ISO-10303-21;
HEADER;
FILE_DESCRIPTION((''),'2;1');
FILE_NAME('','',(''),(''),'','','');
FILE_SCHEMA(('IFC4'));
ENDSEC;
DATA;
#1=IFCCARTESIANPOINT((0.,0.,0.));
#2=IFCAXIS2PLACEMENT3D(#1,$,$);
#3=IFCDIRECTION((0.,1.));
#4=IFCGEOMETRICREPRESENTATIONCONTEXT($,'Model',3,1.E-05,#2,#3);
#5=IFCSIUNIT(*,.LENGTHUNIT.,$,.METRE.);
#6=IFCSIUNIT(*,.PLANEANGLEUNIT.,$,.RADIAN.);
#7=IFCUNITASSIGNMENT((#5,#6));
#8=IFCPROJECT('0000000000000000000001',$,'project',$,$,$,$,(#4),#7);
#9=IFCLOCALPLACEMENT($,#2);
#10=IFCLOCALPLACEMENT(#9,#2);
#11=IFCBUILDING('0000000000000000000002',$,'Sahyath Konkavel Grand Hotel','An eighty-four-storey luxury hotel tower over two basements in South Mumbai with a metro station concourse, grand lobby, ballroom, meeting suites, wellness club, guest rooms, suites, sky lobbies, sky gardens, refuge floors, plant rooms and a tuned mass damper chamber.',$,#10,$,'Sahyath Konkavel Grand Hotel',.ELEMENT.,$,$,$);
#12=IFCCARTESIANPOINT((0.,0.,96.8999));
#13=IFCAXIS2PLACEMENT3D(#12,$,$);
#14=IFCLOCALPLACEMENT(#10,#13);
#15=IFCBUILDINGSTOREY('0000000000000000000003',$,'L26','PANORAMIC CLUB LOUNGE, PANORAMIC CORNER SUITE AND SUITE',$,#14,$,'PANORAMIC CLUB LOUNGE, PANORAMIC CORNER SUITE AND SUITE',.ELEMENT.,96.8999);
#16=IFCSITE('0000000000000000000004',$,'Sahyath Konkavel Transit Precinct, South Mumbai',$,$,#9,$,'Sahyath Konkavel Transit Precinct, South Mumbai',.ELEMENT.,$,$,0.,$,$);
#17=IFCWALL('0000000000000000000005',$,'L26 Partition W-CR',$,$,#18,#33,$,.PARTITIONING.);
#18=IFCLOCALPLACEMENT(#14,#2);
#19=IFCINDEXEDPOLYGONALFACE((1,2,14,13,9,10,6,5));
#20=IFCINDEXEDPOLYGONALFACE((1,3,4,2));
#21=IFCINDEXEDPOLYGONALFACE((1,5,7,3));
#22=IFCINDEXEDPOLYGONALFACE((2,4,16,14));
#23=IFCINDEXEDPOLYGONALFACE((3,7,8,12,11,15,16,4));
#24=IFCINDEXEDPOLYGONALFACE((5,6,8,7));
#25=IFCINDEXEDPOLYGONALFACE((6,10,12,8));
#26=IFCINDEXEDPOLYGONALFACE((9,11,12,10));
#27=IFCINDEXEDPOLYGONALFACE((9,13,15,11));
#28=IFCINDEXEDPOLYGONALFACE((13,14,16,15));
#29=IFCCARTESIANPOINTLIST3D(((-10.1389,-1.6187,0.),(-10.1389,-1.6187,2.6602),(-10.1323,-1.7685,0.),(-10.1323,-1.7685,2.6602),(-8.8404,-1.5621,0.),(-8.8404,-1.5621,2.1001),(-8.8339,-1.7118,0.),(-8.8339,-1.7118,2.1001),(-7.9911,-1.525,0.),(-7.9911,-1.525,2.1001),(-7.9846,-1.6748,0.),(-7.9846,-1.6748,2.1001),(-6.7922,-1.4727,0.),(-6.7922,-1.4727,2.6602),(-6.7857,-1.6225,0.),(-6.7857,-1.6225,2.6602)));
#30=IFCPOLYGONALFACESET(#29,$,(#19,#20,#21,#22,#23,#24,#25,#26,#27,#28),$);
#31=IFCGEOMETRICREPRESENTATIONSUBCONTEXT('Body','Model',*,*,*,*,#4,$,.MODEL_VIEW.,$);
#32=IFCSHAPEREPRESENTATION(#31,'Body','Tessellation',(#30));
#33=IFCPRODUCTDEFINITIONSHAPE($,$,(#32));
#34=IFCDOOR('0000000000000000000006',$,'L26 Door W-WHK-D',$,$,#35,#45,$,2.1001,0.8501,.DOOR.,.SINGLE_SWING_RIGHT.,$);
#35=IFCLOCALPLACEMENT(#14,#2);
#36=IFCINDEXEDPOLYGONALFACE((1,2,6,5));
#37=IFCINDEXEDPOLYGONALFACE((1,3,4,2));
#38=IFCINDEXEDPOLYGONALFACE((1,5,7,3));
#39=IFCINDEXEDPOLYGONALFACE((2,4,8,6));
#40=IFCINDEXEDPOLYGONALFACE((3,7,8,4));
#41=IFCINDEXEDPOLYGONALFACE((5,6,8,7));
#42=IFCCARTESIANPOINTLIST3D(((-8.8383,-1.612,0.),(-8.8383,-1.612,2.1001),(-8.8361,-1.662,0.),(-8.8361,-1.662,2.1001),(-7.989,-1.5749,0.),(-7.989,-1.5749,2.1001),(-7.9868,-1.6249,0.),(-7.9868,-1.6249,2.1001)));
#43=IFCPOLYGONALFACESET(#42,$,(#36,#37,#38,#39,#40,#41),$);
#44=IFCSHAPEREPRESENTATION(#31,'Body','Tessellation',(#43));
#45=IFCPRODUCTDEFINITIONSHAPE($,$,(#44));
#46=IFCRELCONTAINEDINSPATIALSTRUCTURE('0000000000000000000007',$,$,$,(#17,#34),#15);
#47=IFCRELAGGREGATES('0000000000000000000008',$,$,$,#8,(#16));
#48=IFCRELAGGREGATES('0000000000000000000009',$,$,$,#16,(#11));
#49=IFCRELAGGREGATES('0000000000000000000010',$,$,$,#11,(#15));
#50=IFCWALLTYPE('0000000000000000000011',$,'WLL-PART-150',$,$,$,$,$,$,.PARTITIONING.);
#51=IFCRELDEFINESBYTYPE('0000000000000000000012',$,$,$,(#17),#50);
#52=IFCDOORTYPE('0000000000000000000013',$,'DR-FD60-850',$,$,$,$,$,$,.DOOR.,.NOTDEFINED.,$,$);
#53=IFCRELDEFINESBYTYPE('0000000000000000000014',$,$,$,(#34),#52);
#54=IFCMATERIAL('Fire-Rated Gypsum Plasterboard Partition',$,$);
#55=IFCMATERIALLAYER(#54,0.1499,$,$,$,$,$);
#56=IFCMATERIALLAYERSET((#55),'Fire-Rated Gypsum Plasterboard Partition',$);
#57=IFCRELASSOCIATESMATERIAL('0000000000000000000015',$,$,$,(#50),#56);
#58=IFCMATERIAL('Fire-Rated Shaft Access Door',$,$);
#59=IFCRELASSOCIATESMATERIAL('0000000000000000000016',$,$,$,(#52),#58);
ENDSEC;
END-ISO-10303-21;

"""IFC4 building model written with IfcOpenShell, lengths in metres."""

from ifc_helpers import new_model, si_unit, direction, frame, frame_2d, origin, origin_2d, place, context, subcontext, project, spatial, rectangle, extrude, source, transform, mapped, material, layer, layer_set, type_object, element, fill, save


model = new_model("IFC4")

# Units and contexts
model_context = context("Model", 3, precision=1e-05, world=origin(), true_north=direction((0.0, 1.0)))
body_context = subcontext(model_context, "Body", "Model", "MODEL_VIEW")
ifc_project = project(units=[si_unit("LENGTHUNIT", "METRE"), si_unit("PLANEANGLEUNIT", "RADIAN")], contexts=[model_context])

# Site, building, storey
site_placement = place(None, origin())
site = spatial("IfcSite", under=ifc_project, at=site_placement, Name="Sahyath Konkavel Transit Precinct, South Mumbai", LongName="Sahyath Konkavel Transit Precinct, South Mumbai", CompositionType="ELEMENT", RefElevation=0.0)
building_placement = place(site_placement, origin())
building = spatial("IfcBuilding", under=site, at=building_placement, Name="Sahyath Konkavel Grand Hotel", Description="An eighty-four-storey luxury hotel tower over two basements in South Mumbai with a metro station concourse, grand lobby, ballroom, meeting suites, wellness club, guest rooms, suites, sky lobbies, sky gardens, refuge floors, plant rooms and a tuned mass damper chamber.", LongName="Sahyath Konkavel Grand Hotel", CompositionType="ELEMENT")
storey_placement = place(building_placement, frame((0.0, 0.0, 96.8999)))
storey = spatial("IfcBuildingStorey", under=building, at=storey_placement, Name="L26", Description="PANORAMIC CLUB LOUNGE, PANORAMIC CORNER SUITE AND SUITE", LongName="PANORAMIC CLUB LOUNGE, PANORAMIC CORNER SUITE AND SUITE", CompositionType="ELEMENT", Elevation=96.8999)

# Shared definitions
ifc_material_1 = material(Name="Fire-Rated Gypsum Plasterboard Partition")
ifc_layer_1 = layer(ifc_material_1, 0.1499)
ifc_layer_set_1 = layer_set([ifc_layer_1], Name="Fire-Rated Gypsum Plasterboard Partition")
wall_type_1 = type_object("IfcWallType", Name="WLL-PART-150", PredefinedType="PARTITIONING", material=ifc_layer_set_1)

# Wall, opening, door
ifc_material_2 = material(Name="Fire-Rated Shaft Access Door")
door_type_1 = type_object("IfcDoorType", Name="DR-FD60-850", OperationType="NOTDEFINED", PredefinedType="DOOR", material=ifc_material_2)
shared_shape_1 = source(origin(), body_context, "Body", "SweptSolid", [
    extrude(rectangle(XDim=0.8501, YDim=0.05, at=origin_2d()), origin(), (0.0, 0.0, 1.0), 2.1001),
])
wall_1_placement = place(storey_placement, frame((-6.7891, -1.5476, 0.0), z_axis=(0.0, 0.0, 1.0), x_axis=(-0.99905, -0.043583, 0.0)))
wall_1 = element("IfcWall", 1, at=wall_1_placement, inside=storey, type_object=wall_type_1, Name="L26 Partition W-CR", PredefinedType="PARTITIONING", context=body_context, shape_type="SweptSolid", body=[
    extrude(rectangle(XDim=3.3499, YDim=0.1499, at=frame_2d((1.6748, 0.0))), origin(), (0.0, 0.0, 1.0), 2.6602),
])
opening_1_placement = place(wall_1_placement, frame((1.2, 0.0, 0.0)))
opening_1 = element("IfcOpeningElement", 2, at=opening_1_placement, cuts=wall_1, PredefinedType="OPENING", context=body_context, shape_type="SweptSolid", body=[
    extrude(rectangle(XDim=0.8501, YDim=2.1001, at=frame_2d((0.425, 1.05))), frame((0.0, 0.085, 0.0), z_axis=(0.0, -1.0, 0.0), x_axis=(1.0, 0.0, 0.0)), (0.0, 0.0, 1.0), 0.1699),
])
door_1_placement = place(opening_1_placement, frame((0.425, 0.0, 0.0)))
door_1 = element("IfcDoor", 3, at=door_1_placement, inside=storey, type_object=door_type_1, Name="L26 Door W-WHK-D", OperationType="SINGLE_SWING_RIGHT", OverallHeight=2.1001, OverallWidth=0.8501, PredefinedType="DOOR", context=body_context, shape_type="MappedRepresentation", body=[
    mapped(shared_shape_1, transform((0.0, 0.0, 0.0), scale=1.0)),
])
fill(opening_1, door_1)

save(model, "model.ifc")
